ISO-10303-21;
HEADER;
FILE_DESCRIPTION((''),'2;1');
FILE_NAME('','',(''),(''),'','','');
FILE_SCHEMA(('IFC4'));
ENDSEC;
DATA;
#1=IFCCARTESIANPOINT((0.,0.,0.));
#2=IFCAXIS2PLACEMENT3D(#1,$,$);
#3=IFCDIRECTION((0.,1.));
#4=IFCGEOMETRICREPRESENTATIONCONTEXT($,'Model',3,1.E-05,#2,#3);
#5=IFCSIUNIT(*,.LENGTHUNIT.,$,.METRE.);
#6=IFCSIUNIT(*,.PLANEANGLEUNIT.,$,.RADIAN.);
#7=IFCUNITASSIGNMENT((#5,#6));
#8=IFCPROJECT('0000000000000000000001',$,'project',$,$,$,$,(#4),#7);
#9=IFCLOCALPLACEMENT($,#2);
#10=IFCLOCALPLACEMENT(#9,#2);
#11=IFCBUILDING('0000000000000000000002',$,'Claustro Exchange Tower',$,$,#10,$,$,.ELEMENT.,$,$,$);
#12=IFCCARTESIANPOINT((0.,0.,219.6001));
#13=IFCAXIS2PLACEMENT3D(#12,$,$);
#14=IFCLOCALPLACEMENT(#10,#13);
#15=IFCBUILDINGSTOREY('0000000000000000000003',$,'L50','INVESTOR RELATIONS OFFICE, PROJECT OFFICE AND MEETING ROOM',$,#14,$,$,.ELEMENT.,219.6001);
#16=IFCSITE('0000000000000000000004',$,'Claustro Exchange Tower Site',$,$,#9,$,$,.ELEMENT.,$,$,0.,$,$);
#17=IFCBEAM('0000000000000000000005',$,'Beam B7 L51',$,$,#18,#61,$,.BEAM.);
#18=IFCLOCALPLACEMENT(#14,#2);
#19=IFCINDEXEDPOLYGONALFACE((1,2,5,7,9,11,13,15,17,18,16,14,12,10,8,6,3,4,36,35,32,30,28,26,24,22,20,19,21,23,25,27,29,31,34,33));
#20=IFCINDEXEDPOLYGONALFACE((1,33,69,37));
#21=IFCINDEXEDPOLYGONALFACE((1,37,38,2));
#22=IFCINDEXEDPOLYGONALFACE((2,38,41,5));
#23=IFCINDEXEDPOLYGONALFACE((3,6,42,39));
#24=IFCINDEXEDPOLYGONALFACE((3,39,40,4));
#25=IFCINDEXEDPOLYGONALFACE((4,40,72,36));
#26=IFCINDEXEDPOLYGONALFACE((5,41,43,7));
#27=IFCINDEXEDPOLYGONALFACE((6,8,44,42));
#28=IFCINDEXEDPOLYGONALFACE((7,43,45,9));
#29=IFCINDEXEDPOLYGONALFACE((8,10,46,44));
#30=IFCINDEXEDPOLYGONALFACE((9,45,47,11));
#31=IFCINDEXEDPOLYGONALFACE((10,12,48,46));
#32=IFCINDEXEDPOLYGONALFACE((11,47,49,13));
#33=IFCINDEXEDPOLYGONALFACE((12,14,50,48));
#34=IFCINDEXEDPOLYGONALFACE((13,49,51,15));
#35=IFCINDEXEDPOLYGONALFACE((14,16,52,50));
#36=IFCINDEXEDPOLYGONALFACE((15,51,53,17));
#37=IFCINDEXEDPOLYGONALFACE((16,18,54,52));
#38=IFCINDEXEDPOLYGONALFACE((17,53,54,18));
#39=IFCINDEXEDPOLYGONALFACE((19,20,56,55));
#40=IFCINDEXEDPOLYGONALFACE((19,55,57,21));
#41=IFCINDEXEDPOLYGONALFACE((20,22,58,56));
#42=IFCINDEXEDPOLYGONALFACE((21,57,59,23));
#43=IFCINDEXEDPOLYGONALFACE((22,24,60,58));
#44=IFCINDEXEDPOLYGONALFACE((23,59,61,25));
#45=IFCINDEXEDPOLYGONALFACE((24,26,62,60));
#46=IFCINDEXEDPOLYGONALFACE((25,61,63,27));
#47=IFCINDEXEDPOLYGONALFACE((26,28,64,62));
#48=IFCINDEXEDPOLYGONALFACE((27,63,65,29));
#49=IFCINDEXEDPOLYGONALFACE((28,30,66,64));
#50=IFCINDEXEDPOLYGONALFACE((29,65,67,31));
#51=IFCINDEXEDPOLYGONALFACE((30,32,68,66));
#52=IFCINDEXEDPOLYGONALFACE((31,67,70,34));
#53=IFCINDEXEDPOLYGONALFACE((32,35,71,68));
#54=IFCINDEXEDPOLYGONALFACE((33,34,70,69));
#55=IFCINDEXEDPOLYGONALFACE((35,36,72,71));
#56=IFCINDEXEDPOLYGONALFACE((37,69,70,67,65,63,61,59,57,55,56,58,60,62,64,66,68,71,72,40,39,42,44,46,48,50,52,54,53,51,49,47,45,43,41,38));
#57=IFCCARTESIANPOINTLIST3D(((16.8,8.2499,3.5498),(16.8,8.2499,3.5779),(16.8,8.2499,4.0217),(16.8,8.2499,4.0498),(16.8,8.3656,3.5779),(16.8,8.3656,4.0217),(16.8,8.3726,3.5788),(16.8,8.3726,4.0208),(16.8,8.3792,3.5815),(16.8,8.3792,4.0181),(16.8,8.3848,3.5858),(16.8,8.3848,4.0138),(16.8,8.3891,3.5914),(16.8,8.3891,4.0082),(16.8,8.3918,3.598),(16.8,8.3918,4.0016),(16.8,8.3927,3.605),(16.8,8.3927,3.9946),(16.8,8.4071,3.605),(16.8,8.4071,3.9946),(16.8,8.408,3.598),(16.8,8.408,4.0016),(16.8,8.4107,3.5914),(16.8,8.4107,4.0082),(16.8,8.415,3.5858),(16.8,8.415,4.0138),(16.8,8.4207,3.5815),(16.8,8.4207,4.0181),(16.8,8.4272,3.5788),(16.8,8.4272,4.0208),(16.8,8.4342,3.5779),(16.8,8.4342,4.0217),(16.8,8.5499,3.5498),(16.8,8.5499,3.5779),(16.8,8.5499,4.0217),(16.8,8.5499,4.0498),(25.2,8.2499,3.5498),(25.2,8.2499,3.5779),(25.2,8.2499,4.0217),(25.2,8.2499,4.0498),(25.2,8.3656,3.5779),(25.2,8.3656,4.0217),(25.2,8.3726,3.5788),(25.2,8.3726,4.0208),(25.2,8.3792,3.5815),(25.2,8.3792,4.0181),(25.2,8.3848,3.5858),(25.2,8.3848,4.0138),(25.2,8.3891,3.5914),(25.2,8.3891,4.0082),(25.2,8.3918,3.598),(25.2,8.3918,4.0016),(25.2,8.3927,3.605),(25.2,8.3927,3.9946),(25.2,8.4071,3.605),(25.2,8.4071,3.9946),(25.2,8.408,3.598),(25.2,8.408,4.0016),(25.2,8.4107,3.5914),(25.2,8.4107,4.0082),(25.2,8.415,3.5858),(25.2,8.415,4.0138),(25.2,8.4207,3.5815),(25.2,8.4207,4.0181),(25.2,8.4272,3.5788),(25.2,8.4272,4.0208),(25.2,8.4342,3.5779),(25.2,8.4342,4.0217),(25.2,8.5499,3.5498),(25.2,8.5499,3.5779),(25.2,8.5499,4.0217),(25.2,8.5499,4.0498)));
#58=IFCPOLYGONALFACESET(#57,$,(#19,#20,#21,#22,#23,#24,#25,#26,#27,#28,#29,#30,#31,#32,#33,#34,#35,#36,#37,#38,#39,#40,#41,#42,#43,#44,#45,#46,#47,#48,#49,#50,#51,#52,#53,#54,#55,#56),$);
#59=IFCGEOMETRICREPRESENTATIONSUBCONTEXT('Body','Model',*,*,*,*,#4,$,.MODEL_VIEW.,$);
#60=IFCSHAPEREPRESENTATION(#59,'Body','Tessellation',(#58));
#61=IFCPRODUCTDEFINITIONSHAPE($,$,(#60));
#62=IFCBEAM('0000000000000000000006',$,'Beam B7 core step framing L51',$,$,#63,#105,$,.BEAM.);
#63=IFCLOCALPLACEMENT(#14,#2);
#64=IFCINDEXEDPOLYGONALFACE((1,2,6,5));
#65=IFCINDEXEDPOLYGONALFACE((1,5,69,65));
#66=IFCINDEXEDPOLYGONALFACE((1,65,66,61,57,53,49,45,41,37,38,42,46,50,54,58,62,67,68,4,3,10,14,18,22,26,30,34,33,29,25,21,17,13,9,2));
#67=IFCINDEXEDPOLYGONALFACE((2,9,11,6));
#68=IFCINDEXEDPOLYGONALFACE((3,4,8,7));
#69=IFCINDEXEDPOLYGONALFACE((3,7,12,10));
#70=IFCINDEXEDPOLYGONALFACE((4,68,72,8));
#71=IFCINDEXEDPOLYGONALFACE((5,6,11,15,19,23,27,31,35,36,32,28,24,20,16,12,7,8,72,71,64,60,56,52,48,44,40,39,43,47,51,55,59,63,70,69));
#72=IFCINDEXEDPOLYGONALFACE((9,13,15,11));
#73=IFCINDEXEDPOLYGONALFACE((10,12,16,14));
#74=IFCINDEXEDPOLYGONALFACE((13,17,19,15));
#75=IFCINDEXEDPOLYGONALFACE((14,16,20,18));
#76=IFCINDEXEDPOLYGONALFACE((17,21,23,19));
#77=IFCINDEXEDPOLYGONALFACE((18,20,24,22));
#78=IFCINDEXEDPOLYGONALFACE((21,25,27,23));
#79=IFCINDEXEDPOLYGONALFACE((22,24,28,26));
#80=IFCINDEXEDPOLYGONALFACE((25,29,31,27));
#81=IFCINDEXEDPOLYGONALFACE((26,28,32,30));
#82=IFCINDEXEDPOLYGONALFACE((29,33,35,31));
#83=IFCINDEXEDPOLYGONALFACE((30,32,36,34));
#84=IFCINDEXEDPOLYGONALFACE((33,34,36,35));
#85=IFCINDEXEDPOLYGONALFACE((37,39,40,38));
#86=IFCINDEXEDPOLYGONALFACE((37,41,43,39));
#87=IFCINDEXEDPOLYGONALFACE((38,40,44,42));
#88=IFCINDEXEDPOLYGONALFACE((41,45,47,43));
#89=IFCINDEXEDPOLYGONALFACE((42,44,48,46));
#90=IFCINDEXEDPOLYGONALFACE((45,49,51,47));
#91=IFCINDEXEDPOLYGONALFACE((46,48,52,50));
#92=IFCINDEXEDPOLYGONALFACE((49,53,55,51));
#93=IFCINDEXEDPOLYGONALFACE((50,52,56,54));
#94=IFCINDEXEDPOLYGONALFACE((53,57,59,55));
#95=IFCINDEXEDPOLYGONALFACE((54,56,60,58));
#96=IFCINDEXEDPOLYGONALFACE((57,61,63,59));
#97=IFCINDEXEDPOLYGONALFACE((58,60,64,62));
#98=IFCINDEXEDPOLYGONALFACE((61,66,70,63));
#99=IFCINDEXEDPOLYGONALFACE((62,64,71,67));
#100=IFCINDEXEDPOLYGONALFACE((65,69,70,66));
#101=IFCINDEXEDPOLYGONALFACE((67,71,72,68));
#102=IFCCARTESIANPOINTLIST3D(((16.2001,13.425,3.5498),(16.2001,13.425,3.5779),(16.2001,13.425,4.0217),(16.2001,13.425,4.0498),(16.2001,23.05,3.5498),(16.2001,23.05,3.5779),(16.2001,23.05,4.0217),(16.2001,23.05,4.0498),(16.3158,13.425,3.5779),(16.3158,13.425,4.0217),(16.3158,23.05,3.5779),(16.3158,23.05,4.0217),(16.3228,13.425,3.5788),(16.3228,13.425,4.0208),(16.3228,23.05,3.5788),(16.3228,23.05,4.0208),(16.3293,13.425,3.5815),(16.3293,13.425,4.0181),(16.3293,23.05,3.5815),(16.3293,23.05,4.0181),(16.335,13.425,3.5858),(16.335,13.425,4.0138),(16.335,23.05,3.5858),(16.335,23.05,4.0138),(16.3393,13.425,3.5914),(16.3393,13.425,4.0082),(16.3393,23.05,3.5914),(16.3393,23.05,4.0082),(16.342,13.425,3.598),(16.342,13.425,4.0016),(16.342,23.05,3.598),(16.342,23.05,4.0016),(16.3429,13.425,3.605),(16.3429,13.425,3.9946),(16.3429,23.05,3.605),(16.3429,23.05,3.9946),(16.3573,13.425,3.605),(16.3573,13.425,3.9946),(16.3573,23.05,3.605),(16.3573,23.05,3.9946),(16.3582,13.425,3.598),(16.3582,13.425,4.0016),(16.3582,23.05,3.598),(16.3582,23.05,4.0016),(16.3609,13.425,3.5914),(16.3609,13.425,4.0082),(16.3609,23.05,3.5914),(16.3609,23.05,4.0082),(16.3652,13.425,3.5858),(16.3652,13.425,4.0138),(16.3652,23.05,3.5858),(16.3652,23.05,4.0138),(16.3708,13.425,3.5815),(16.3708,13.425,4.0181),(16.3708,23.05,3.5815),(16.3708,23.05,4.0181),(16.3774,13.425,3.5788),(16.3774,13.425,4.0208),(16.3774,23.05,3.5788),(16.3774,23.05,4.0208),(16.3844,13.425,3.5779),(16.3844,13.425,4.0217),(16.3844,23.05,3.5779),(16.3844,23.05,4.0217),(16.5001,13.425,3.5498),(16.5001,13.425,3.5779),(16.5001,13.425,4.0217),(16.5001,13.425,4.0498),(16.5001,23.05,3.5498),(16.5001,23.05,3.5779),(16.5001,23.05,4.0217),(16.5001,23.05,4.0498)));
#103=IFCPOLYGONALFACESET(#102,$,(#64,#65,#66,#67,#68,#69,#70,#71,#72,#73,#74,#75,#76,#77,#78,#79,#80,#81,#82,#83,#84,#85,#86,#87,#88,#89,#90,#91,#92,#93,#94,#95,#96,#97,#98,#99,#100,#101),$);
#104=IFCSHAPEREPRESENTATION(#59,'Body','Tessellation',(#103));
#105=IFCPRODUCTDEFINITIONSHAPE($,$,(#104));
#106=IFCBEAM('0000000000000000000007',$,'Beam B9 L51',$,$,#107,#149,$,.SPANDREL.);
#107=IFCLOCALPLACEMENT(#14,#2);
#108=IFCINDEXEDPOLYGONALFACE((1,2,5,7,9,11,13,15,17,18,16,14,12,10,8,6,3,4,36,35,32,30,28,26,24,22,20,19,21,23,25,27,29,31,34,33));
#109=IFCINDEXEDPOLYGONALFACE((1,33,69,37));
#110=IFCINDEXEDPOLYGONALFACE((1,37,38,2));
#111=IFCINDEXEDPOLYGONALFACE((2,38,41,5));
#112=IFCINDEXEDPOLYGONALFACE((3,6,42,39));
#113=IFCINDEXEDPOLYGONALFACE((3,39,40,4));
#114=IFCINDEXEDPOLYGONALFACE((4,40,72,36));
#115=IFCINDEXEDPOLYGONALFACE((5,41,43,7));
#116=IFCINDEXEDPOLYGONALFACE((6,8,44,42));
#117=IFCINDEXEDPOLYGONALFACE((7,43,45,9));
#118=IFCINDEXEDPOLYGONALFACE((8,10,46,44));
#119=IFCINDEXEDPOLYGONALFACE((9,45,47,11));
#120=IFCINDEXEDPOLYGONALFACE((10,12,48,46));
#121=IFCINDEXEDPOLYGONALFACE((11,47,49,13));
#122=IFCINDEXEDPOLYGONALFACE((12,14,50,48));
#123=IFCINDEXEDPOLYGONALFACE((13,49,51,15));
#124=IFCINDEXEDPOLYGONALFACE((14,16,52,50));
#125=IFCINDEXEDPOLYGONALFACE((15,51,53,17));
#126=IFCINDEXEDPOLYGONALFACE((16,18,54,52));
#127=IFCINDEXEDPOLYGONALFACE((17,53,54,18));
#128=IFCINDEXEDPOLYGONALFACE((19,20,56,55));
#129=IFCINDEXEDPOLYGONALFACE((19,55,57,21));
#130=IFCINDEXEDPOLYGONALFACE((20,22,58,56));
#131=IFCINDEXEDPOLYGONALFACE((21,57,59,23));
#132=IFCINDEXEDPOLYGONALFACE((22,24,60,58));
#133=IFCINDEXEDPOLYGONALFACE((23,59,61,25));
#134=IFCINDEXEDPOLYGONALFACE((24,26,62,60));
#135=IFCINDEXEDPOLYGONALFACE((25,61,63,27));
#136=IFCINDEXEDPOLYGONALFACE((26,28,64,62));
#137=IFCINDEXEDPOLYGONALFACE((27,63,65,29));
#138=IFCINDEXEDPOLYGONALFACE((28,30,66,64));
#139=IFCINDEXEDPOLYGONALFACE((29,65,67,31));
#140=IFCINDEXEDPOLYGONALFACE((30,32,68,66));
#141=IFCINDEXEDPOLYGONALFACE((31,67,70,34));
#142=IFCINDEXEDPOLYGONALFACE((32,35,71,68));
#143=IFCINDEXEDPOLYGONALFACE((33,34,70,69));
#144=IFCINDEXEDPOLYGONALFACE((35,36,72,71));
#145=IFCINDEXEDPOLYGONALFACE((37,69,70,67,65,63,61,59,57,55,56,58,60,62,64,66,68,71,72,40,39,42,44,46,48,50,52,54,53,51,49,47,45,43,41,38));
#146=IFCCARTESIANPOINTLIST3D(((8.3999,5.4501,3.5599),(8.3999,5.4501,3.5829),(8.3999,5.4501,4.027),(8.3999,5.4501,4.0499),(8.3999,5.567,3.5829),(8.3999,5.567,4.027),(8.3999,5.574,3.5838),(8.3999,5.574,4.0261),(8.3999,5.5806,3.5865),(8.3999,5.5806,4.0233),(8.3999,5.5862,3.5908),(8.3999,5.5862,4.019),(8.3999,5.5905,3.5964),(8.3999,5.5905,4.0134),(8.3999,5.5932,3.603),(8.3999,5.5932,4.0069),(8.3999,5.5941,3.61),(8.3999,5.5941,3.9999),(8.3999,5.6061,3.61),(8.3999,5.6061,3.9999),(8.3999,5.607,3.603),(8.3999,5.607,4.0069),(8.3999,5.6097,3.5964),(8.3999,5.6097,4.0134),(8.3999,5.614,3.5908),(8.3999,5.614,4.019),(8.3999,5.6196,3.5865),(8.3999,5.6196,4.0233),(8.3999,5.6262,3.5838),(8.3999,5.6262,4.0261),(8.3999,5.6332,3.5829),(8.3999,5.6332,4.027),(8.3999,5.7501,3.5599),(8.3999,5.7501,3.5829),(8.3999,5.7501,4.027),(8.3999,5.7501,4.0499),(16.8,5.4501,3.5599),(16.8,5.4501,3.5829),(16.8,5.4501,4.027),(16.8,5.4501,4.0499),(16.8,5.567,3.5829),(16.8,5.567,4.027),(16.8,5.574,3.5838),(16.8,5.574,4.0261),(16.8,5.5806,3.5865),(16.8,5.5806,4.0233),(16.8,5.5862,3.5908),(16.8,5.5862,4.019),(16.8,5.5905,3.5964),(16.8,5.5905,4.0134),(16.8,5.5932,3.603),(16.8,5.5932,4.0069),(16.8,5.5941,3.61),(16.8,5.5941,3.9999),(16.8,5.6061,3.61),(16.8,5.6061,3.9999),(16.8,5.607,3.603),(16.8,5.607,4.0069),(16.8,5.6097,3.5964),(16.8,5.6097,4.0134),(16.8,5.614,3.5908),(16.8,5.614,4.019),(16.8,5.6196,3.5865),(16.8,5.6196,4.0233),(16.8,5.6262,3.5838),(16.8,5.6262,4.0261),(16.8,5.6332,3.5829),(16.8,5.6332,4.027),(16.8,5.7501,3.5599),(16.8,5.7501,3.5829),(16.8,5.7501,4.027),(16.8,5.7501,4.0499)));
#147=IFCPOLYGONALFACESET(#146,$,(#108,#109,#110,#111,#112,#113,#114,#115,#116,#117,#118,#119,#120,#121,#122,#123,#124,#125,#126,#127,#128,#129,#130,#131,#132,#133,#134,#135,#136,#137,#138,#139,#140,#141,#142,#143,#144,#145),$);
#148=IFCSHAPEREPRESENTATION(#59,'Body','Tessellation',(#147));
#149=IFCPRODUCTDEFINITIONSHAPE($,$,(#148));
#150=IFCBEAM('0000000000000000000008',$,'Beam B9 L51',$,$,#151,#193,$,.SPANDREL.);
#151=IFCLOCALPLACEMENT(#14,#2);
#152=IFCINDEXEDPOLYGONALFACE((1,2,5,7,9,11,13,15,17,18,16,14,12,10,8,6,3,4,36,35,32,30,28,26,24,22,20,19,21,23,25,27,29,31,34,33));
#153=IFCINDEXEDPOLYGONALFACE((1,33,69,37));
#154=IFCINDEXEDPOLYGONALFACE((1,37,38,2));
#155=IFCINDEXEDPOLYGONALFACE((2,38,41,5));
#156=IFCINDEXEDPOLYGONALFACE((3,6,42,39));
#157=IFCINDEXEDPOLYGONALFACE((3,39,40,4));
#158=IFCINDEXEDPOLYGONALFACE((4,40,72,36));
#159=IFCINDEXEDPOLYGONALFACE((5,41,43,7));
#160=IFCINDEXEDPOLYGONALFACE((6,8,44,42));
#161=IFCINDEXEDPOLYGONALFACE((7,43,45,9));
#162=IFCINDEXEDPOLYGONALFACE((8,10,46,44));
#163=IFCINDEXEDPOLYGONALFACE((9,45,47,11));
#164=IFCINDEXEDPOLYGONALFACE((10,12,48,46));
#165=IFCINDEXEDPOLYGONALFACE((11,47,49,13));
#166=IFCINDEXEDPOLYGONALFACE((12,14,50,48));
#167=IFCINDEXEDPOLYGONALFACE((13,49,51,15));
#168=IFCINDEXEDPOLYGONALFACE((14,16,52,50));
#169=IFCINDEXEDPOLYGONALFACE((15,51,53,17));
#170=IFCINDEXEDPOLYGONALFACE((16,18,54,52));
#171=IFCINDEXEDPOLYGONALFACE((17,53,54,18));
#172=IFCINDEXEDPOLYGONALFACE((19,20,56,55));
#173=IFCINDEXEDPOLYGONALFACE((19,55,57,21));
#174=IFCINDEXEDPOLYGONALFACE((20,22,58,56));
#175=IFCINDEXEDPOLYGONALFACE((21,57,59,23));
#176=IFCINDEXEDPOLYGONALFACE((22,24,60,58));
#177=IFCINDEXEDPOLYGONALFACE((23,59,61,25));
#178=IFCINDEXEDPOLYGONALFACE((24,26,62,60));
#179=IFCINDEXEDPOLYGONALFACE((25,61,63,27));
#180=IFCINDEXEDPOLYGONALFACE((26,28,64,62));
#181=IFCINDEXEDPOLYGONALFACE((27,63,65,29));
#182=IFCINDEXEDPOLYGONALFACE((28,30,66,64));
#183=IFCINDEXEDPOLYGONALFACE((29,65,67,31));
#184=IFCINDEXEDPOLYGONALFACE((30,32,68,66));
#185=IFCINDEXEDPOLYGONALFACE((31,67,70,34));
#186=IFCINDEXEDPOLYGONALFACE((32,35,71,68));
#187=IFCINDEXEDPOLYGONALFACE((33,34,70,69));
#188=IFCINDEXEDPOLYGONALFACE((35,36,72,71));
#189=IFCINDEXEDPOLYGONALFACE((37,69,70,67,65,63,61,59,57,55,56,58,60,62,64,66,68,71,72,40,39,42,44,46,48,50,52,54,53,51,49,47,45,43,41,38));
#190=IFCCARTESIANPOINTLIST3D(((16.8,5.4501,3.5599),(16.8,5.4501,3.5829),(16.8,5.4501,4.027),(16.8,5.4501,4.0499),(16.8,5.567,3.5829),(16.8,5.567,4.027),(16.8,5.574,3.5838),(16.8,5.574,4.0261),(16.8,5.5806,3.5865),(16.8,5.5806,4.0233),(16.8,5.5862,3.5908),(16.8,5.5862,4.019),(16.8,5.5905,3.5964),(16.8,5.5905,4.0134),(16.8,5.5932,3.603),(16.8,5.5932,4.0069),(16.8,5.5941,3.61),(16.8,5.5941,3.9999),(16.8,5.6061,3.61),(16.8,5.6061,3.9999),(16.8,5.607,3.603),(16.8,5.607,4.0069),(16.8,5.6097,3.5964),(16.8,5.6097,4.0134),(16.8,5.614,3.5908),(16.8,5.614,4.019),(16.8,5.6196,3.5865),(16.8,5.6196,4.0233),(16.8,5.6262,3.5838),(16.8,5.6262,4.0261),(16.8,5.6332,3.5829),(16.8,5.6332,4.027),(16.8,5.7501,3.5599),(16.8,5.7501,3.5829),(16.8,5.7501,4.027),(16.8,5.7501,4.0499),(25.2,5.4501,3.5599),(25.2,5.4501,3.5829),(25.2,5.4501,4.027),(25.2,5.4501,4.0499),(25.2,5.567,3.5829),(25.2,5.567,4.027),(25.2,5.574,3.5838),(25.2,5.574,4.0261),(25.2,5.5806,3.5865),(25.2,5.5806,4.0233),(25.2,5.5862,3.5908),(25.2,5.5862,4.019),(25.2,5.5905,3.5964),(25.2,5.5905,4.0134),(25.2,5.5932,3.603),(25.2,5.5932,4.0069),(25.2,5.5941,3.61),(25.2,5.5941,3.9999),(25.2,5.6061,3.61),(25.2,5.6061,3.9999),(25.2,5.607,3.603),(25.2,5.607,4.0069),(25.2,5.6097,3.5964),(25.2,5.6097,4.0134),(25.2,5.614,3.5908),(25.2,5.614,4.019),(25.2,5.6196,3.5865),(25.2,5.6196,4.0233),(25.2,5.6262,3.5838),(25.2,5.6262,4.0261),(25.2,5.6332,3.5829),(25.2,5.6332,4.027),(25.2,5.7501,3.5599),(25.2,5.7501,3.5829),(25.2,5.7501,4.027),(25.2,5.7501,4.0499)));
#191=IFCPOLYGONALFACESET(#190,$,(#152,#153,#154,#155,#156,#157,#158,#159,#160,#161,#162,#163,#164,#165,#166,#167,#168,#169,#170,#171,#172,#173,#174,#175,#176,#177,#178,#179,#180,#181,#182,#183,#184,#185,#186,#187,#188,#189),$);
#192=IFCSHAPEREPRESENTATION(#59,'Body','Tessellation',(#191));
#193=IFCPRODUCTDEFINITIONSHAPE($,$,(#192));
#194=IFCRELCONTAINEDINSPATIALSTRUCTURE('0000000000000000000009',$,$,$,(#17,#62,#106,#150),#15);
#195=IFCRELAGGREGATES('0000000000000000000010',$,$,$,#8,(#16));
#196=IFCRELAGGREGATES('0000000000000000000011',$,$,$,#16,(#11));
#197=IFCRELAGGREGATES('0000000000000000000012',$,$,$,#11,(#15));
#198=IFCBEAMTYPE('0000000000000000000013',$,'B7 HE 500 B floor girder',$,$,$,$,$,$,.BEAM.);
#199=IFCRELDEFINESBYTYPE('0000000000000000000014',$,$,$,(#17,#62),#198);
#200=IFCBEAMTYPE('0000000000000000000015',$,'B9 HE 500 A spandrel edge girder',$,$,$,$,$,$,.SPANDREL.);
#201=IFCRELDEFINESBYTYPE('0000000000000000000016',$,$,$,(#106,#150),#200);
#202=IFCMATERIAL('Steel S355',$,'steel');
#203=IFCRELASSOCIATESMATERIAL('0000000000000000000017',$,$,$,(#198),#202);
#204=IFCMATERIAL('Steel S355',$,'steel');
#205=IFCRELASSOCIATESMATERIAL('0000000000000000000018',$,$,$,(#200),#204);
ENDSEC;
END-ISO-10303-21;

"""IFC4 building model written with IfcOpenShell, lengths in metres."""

from ifc_helpers import new_model, si_unit, direction, frame, origin, origin_2d, place, context, subcontext, project, spatial, i_section, extrude, material, material_profile, profile_set, type_object, element, save


model = new_model("IFC4")

# Units and contexts
model_context = context("Model", 3, precision=1e-05, world=origin(), true_north=direction((0.0, 1.0)))
body_context = subcontext(model_context, "Body", "Model", "MODEL_VIEW")
ifc_project = project(units=[si_unit("LENGTHUNIT", "METRE"), si_unit("PLANEANGLEUNIT", "RADIAN")], contexts=[model_context])

# Site, building, storey
site_placement = place(None, origin())
site = spatial("IfcSite", under=ifc_project, at=site_placement, Name="Claustro Exchange Tower Site", CompositionType="ELEMENT", RefElevation=0.0)
building_placement = place(site_placement, origin())
building = spatial("IfcBuilding", under=site, at=building_placement, Name="Claustro Exchange Tower", CompositionType="ELEMENT")
storey_placement = place(building_placement, frame((0.0, 0.0, 219.6001)))
storey = spatial("IfcBuildingStorey", under=building, at=storey_placement, Name="L50", Description="INVESTOR RELATIONS OFFICE, PROJECT OFFICE AND MEETING ROOM", CompositionType="ELEMENT", Elevation=219.6001)

# Beams
ifc_material_1 = material(Name="Steel S355", Category="steel")
ifc_material_profile_1 = material_profile(ifc_material_1, i_section(OverallWidth=0.3, OverallDepth=0.5, WebThickness=0.0144, FlangeThickness=0.0281, FilletRadius=0.0271, at=origin_2d()), Name="HE 500 B")
ifc_profile_set_1 = profile_set([ifc_material_profile_1], Name="Steel S355")
beam_type_1 = type_object("IfcBeamType", Name="B7 HE 500 B floor girder", PredefinedType="BEAM", material=ifc_profile_set_1)
beam_1_placement = place(storey_placement, frame((16.8, 8.3999, 3.7998), z_axis=(1.0, 0.0, 0.0), x_axis=(0.0, 1.0, 0.0)))
element("IfcBeam", 1, at=beam_1_placement, inside=storey, type_object=beam_type_1, Name="Beam B7 L51", PredefinedType="BEAM", context=body_context, shape_type="SweptSolid", body=[
    extrude(i_section(OverallWidth=0.3, OverallDepth=0.5, WebThickness=0.0144, FlangeThickness=0.0281, FilletRadius=0.0271, at=origin_2d()), origin(), (0.0, 0.0, 1.0), 8.3999),
])
beam_2_placement = place(storey_placement, frame((16.3501, 13.425, 3.7998), z_axis=(0.0, 1.0, 0.0), x_axis=(-1.0, 0.0, 0.0)))
element("IfcBeam", 2, at=beam_2_placement, inside=storey, type_object=beam_type_1, Name="Beam B7 core step framing L51", PredefinedType="BEAM", context=body_context, shape_type="SweptSolid", body=[
    extrude(i_section(OverallWidth=0.3, OverallDepth=0.5, WebThickness=0.0144, FlangeThickness=0.0281, FilletRadius=0.0271, at=origin_2d()), origin(), (0.0, 0.0, 1.0), 9.625),
])
ifc_material_2 = material(Name="Steel S355", Category="steel")
ifc_material_profile_2 = material_profile(ifc_material_2, i_section(OverallWidth=0.3, OverallDepth=0.49, WebThickness=0.012, FlangeThickness=0.0229, FilletRadius=0.0271, at=origin_2d()), Name="HE 500 A")
ifc_profile_set_2 = profile_set([ifc_material_profile_2], Name="Steel S355")
beam_type_2 = type_object("IfcBeamType", Name="B9 HE 500 A spandrel edge girder", PredefinedType="SPANDREL", material=ifc_profile_set_2)
beam_3_placement = place(storey_placement, frame((8.3999, 5.6001, 3.8049), z_axis=(1.0, 0.0, 0.0), x_axis=(0.0, 1.0, 0.0)))
element("IfcBeam", 3, at=beam_3_placement, inside=storey, type_object=beam_type_2, Name="Beam B9 L51", PredefinedType="SPANDREL", context=body_context, shape_type="SweptSolid", body=[
    extrude(i_section(OverallWidth=0.3, OverallDepth=0.49, WebThickness=0.012, FlangeThickness=0.0229, FilletRadius=0.0271, at=origin_2d()), origin(), (0.0, 0.0, 1.0), 8.4001),
])
beam_4_placement = place(storey_placement, frame((16.8, 5.6001, 3.8049), z_axis=(1.0, 0.0, 0.0), x_axis=(0.0, 1.0, 0.0)))
element("IfcBeam", 4, at=beam_4_placement, inside=storey, type_object=beam_type_2, Name="Beam B9 L51", PredefinedType="SPANDREL", context=body_context, shape_type="SweptSolid", body=[
    extrude(i_section(OverallWidth=0.3, OverallDepth=0.49, WebThickness=0.012, FlangeThickness=0.0229, FilletRadius=0.0271, at=origin_2d()), origin(), (0.0, 0.0, 1.0), 8.3999),
])

save(model, "model.ifc")
